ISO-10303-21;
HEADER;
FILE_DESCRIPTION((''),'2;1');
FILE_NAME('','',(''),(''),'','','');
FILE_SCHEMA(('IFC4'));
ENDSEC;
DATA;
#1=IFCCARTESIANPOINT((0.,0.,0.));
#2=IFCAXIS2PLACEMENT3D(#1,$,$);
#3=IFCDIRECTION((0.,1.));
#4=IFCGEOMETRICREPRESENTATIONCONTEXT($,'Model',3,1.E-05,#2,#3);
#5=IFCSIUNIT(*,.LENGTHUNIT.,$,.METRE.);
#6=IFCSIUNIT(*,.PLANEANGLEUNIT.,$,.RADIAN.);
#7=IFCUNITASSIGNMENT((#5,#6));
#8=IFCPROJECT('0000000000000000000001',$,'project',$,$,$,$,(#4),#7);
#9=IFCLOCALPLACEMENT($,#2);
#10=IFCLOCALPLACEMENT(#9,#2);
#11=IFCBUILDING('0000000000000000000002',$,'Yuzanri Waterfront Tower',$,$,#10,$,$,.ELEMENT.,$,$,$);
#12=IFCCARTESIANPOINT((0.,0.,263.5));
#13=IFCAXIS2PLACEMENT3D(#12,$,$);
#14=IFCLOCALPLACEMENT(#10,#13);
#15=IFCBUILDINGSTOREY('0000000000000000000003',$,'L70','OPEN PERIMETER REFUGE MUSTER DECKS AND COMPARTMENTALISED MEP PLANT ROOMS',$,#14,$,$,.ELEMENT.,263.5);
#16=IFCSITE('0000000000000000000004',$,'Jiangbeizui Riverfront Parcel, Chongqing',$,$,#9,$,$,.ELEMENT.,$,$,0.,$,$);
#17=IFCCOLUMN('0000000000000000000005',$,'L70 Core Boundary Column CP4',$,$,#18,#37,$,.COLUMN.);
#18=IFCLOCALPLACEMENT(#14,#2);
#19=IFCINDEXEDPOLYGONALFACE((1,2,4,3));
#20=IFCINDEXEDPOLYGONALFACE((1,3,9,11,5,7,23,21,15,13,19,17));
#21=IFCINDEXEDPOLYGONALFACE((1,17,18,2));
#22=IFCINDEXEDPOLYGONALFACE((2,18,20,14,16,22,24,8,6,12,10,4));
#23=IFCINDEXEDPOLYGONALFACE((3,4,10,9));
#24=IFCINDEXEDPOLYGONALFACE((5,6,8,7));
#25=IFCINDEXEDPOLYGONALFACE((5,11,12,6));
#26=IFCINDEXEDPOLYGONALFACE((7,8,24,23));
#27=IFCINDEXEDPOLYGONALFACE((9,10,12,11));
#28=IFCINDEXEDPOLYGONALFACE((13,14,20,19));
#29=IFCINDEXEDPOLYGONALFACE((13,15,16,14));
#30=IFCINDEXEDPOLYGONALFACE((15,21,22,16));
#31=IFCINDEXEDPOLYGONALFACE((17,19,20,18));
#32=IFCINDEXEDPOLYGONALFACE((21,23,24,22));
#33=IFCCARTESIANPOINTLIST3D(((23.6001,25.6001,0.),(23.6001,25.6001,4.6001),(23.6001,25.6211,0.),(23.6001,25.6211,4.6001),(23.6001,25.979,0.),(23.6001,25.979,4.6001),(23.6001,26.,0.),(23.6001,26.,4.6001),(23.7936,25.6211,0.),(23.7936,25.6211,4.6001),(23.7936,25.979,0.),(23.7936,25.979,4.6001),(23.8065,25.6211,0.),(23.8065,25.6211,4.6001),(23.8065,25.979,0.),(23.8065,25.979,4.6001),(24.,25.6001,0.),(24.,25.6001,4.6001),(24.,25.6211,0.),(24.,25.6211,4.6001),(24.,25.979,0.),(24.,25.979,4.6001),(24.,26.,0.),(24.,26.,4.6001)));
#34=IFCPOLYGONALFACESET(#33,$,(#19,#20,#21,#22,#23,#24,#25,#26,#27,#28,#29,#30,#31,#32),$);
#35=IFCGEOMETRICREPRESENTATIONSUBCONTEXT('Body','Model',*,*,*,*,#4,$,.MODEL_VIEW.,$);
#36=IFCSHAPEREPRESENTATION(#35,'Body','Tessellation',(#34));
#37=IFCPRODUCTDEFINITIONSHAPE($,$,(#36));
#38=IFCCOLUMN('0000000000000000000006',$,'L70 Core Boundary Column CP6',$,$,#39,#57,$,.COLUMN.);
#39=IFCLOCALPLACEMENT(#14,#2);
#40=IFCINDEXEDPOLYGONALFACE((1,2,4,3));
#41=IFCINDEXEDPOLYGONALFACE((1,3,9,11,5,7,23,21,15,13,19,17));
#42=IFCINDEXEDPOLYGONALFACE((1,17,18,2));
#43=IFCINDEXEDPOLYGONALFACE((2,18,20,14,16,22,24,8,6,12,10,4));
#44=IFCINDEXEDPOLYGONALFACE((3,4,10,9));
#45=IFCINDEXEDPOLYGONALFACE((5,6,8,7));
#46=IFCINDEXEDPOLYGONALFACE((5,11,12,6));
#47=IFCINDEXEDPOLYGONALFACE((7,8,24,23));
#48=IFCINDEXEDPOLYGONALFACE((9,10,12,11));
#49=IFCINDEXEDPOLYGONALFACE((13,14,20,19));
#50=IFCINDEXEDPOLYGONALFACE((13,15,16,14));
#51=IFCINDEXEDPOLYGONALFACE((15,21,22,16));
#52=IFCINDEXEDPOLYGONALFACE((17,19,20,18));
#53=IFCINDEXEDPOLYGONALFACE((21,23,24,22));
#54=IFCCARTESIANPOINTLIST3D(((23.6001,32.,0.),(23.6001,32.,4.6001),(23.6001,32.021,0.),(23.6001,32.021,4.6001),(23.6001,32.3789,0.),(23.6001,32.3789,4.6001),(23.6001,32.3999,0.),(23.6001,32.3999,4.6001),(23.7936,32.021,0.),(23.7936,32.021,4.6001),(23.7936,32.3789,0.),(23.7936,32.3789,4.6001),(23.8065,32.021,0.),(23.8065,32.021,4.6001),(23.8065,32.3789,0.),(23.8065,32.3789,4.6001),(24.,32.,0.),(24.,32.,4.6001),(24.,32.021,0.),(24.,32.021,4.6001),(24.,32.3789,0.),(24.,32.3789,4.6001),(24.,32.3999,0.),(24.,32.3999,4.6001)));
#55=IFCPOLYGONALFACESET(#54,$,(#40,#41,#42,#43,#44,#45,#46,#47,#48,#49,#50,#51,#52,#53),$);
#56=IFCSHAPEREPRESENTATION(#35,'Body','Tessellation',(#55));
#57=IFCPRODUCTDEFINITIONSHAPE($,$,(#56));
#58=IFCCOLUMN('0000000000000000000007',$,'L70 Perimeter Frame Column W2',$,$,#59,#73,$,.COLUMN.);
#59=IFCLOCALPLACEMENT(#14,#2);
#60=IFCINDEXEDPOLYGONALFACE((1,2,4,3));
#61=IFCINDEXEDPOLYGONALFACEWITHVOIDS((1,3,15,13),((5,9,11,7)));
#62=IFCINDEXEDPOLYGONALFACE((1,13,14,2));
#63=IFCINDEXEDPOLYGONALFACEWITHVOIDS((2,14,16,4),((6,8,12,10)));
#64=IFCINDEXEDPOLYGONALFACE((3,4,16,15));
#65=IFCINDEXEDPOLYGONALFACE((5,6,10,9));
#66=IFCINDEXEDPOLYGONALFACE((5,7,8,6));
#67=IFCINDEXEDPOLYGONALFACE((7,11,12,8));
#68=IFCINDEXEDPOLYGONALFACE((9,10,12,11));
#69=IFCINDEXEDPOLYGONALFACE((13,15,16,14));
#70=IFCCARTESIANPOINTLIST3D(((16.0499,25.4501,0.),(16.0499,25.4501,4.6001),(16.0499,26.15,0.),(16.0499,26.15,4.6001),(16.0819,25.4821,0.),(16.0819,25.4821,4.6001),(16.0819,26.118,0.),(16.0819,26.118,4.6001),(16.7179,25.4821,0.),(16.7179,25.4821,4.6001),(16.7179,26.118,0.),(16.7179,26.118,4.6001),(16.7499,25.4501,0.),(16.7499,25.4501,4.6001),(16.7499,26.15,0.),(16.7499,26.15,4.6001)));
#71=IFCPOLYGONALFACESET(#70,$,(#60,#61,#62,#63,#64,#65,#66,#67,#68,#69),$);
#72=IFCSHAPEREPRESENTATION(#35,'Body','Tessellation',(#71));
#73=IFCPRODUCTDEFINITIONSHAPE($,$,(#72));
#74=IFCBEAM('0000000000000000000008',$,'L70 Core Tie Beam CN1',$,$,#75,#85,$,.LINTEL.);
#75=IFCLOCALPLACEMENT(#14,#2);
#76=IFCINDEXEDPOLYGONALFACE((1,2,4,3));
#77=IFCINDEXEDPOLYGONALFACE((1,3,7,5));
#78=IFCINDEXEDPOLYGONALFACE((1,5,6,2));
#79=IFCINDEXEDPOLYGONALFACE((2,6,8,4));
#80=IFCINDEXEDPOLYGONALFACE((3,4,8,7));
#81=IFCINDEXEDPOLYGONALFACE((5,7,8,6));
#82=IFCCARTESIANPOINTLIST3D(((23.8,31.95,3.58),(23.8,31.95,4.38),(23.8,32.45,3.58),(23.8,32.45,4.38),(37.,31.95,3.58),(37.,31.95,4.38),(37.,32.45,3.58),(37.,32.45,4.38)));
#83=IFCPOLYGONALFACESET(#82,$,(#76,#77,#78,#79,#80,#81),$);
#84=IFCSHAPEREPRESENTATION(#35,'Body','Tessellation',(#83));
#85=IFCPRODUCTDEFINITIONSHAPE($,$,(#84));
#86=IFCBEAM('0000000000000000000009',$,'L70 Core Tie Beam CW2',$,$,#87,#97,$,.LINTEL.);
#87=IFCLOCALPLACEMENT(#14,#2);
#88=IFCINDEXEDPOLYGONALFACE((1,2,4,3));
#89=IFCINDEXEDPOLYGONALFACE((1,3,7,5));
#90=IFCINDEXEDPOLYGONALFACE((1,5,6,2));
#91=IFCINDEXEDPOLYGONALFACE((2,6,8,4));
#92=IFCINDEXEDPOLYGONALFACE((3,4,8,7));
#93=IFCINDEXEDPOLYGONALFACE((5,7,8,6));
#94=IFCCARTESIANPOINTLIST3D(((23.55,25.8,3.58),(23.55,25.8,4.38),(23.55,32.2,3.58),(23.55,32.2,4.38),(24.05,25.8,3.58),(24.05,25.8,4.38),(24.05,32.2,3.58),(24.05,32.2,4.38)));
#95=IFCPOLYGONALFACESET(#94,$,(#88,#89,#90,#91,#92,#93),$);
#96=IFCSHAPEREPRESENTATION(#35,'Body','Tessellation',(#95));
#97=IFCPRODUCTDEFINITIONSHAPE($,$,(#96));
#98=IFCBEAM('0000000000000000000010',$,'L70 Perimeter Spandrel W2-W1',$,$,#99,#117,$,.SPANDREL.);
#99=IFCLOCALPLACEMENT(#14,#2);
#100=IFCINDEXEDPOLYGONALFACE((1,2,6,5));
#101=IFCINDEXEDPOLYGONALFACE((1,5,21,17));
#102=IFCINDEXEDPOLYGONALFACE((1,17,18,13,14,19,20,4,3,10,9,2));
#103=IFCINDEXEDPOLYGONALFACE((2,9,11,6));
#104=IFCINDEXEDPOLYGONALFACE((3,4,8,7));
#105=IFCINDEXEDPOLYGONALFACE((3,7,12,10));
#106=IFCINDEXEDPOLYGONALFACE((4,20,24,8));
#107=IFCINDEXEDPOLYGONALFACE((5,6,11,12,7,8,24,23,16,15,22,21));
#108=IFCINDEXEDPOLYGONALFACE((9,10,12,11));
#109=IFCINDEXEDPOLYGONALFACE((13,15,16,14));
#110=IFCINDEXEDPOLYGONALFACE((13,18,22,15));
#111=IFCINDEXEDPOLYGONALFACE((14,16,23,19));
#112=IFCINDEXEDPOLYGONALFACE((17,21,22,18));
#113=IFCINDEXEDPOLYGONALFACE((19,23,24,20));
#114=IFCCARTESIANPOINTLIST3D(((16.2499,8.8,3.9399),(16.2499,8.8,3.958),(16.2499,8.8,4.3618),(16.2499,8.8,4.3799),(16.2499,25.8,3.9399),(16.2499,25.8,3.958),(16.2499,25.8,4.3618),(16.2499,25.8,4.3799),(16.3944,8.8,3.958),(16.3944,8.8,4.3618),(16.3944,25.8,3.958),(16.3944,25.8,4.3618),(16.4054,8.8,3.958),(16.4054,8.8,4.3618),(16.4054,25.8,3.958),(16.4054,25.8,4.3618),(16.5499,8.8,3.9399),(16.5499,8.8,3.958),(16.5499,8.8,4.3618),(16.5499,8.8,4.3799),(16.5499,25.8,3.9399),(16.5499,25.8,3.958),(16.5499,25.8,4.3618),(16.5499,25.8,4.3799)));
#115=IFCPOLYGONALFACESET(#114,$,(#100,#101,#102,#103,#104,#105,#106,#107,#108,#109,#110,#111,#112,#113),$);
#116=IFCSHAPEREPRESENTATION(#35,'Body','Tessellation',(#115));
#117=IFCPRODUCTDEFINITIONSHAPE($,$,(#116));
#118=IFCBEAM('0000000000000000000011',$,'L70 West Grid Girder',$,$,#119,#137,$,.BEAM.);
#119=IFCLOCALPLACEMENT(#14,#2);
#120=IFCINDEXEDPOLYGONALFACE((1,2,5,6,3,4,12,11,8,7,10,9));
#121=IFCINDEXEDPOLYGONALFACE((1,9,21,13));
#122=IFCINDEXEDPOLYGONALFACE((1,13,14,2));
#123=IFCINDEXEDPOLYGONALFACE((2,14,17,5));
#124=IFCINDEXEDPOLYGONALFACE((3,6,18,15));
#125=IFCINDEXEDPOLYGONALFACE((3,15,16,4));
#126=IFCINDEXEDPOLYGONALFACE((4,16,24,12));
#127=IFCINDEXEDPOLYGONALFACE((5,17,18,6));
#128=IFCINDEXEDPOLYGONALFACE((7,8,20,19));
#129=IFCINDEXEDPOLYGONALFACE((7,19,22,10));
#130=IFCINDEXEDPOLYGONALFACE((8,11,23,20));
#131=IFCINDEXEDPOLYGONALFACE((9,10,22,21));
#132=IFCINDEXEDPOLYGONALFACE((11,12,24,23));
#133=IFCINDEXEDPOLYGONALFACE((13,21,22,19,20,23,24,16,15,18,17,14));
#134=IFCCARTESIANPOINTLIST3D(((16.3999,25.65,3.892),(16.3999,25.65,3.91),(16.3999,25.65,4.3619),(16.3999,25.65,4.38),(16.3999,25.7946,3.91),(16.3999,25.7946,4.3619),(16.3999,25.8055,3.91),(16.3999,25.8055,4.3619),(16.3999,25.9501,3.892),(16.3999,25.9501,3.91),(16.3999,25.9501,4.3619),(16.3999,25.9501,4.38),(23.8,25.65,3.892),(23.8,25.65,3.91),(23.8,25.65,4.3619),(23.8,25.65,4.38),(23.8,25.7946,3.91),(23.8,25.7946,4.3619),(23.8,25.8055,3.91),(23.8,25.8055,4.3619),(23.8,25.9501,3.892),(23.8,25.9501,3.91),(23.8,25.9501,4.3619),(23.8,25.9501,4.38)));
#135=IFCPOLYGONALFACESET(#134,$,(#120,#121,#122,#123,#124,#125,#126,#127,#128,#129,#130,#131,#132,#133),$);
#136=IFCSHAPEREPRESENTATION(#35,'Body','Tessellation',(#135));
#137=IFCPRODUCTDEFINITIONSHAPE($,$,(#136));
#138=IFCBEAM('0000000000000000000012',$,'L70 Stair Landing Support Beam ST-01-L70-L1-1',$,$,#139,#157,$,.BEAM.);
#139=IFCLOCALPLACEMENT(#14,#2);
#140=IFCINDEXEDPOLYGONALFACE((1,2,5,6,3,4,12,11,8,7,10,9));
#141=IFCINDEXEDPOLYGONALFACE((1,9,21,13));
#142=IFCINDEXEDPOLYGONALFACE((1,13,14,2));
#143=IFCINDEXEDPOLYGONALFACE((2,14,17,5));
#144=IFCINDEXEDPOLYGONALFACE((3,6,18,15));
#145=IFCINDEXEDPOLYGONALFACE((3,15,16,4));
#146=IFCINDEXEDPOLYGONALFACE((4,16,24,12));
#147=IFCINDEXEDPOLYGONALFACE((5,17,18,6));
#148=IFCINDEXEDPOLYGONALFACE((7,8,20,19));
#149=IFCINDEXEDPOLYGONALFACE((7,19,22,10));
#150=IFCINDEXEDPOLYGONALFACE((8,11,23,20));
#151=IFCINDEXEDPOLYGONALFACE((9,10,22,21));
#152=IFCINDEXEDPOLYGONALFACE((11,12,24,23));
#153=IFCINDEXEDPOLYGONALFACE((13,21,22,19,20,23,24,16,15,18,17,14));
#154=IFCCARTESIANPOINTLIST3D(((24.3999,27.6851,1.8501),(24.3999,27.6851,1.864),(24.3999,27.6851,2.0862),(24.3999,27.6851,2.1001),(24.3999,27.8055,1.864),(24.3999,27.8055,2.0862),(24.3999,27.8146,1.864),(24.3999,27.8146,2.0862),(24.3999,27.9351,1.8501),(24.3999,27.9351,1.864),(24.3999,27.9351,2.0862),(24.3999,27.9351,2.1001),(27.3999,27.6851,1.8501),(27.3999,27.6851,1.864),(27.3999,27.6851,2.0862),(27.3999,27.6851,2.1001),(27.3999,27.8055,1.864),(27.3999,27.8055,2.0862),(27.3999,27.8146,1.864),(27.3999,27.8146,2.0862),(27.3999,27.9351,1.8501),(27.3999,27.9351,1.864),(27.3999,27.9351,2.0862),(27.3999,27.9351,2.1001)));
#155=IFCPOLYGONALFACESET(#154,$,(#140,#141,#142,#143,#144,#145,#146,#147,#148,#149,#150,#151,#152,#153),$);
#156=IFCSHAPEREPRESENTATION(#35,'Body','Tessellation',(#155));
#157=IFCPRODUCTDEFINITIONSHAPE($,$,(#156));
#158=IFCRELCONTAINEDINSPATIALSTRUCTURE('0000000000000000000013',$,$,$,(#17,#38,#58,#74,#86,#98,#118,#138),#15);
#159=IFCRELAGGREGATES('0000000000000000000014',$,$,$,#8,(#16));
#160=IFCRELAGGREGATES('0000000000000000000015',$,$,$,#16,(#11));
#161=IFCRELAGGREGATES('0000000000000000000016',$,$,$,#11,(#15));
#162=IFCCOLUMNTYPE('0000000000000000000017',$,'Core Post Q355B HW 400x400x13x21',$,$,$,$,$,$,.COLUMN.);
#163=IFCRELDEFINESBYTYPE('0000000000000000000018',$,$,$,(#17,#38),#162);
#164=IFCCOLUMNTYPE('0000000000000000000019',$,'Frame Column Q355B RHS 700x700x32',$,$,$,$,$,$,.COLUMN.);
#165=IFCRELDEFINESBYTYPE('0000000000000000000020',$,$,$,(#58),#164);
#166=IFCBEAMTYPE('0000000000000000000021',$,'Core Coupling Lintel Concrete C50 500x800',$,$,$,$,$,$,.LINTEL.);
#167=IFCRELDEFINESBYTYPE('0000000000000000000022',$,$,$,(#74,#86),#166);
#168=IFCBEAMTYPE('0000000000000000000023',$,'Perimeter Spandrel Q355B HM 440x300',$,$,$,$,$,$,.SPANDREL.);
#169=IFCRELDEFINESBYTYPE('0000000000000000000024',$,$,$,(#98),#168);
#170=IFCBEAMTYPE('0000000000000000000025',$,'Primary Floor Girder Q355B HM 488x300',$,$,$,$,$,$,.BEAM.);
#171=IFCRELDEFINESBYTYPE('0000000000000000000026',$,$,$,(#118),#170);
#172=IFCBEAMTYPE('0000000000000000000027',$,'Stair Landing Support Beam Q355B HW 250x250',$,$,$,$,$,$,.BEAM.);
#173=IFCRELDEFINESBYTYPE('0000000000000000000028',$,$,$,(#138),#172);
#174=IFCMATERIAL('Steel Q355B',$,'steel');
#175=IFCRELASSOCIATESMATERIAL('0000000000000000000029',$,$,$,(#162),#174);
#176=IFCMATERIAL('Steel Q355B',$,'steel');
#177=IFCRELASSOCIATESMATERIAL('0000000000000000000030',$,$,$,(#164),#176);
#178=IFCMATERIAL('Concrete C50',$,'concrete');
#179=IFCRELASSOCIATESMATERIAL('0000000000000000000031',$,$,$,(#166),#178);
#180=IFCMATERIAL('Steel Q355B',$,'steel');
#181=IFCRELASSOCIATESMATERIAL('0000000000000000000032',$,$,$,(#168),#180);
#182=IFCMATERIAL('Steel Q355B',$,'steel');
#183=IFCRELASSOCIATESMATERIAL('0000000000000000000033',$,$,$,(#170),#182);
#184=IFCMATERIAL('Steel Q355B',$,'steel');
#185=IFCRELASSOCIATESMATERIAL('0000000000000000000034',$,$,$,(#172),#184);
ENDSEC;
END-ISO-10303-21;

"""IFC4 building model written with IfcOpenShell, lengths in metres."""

from ifc_helpers import new_model, si_unit, direction, frame, origin, origin_2d, place, context, subcontext, project, spatial, rectangle, hollow_rectangle, i_section, extrude, source, transform, mapped, material, material_profile, profile_set, type_object, element, save


model = new_model("IFC4")

# Units and contexts
model_context = context("Model", 3, precision=1e-05, world=origin(), true_north=direction((0.0, 1.0)))
body_context = subcontext(model_context, "Body", "Model", "MODEL_VIEW")
ifc_project = project(units=[si_unit("LENGTHUNIT", "METRE"), si_unit("PLANEANGLEUNIT", "RADIAN")], contexts=[model_context])

# Site, building, storey
site_placement = place(None, origin())
site = spatial("IfcSite", under=ifc_project, at=site_placement, Name="Jiangbeizui Riverfront Parcel, Chongqing", CompositionType="ELEMENT", RefElevation=0.0)
building_placement = place(site_placement, origin())
building = spatial("IfcBuilding", under=site, at=building_placement, Name="Yuzanri Waterfront Tower", CompositionType="ELEMENT")
storey_placement = place(building_placement, frame((0.0, 0.0, 263.5)))
storey = spatial("IfcBuildingStorey", under=building, at=storey_placement, Name="L70", Description="OPEN PERIMETER REFUGE MUSTER DECKS AND COMPARTMENTALISED MEP PLANT ROOMS", CompositionType="ELEMENT", Elevation=263.5)

# Columns
ifc_material_1 = material(Name="Steel Q355B", Category="steel")
ifc_material_profile_1 = material_profile(ifc_material_1, i_section(OverallWidth=0.3999, OverallDepth=0.3999, WebThickness=0.0129, FlangeThickness=0.021, at=origin_2d()), Name="HW 400x400x13x21")
ifc_profile_set_1 = profile_set([ifc_material_profile_1], Name="Steel Q355B")
column_type_1 = type_object("IfcColumnType", Name="Core Post Q355B HW 400x400x13x21", PredefinedType="COLUMN", material=ifc_profile_set_1)
shared_shape_1 = source(origin(), body_context, "Body", "SweptSolid", [
    extrude(i_section(OverallWidth=0.3999, OverallDepth=0.3999, WebThickness=0.0129, FlangeThickness=0.021, at=origin_2d()), origin(), (0.0, 0.0, 1.0), 4.6001),
])
for number, where, z_axis, x_axis, name in (
    (1, (23.8, 25.8, 0.0), (0.0, 0.0, 1.0), (1.0, 0.0, 0.0), "L70 Core Boundary Column CP4"),
    (2, (23.8, 32.2, 0.0), (0.0, 0.0, 1.0), (1.0, 0.0, 0.0), "L70 Core Boundary Column CP6"),
):
    element("IfcColumn", number, at=place(storey_placement, frame(where, z_axis=z_axis, x_axis=x_axis)), inside=storey, type_object=column_type_1, Name=name, PredefinedType="COLUMN", context=body_context, shape_type="MappedRepresentation", body=[
        mapped(shared_shape_1, transform((0.0, 0.0, 0.0), scale=1.0)),
    ])
ifc_material_2 = material(Name="Steel Q355B", Category="steel")
ifc_material_profile_2 = material_profile(ifc_material_2, hollow_rectangle(XDim=0.7, YDim=0.7, WallThickness=0.032, at=origin_2d()), Name="RHS 700x700x32")
ifc_profile_set_2 = profile_set([ifc_material_profile_2], Name="Steel Q355B")
column_type_2 = type_object("IfcColumnType", Name="Frame Column Q355B RHS 700x700x32", PredefinedType="COLUMN", material=ifc_profile_set_2)
shared_shape_2 = source(origin(), body_context, "Body", "SweptSolid", [
    extrude(hollow_rectangle(XDim=0.7, YDim=0.7, WallThickness=0.032, at=origin_2d()), origin(), (0.0, 0.0, 1.0), 4.6001),
])
column_placement = place(storey_placement, frame((16.3999, 25.8, 0.0), z_axis=(0.0, 0.0, 1.0), x_axis=(1.0, 0.0, 0.0)))
element("IfcColumn", 3, at=column_placement, inside=storey, type_object=column_type_2, Name="L70 Perimeter Frame Column W2", PredefinedType="COLUMN", context=body_context, shape_type="MappedRepresentation", body=[
    mapped(shared_shape_2, transform((0.0, 0.0, 0.0), scale=1.0)),
])

# Beams
ifc_material_3 = material(Name="Concrete C50", Category="concrete")
ifc_material_profile_3 = material_profile(ifc_material_3, rectangle(XDim=0.5, YDim=0.8, at=origin_2d()), Name="RC 500x800")
ifc_profile_set_3 = profile_set([ifc_material_profile_3], Name="Concrete C50")
beam_type_1 = type_object("IfcBeamType", Name="Core Coupling Lintel Concrete C50 500x800", PredefinedType="LINTEL", material=ifc_profile_set_3)
shared_shape_3 = source(origin(), body_context, "Body", "SweptSolid", [
    extrude(rectangle(XDim=0.5, YDim=0.8, at=origin_2d()), origin(), (0.0, 0.0, 1.0), 13.2),
])
beam_1_placement = place(storey_placement, frame((23.8, 32.2, 3.98), z_axis=(1.0, 0.0, 0.0), x_axis=(0.0, 1.0, 0.0)))
element("IfcBeam", 4, at=beam_1_placement, inside=storey, type_object=beam_type_1, Name="L70 Core Tie Beam CN1", PredefinedType="LINTEL", context=body_context, shape_type="MappedRepresentation", body=[
    mapped(shared_shape_3, transform((0.0, 0.0, 0.0), scale=1.0)),
])
shared_shape_4 = source(origin(), body_context, "Body", "SweptSolid", [
    extrude(rectangle(XDim=0.5, YDim=0.8, at=origin_2d()), origin(), (0.0, 0.0, 1.0), 6.3999),
])
beam_2_placement = place(storey_placement, frame((23.8, 25.8, 3.98), z_axis=(0.0, 1.0, 0.0), x_axis=(-1.0, 0.0, 0.0)))
element("IfcBeam", 5, at=beam_2_placement, inside=storey, type_object=beam_type_1, Name="L70 Core Tie Beam CW2", PredefinedType="LINTEL", context=body_context, shape_type="MappedRepresentation", body=[
    mapped(shared_shape_4, transform((0.0, 0.0, 0.0), scale=1.0)),
])
ifc_material_4 = material(Name="Steel Q355B", Category="steel")
ifc_material_profile_4 = material_profile(ifc_material_4, i_section(OverallWidth=0.3, OverallDepth=0.4399, WebThickness=0.011, FlangeThickness=0.0181, at=origin_2d()), Name="HM 440x300x11x18")
ifc_profile_set_4 = profile_set([ifc_material_profile_4], Name="Steel Q355B")
beam_type_2 = type_object("IfcBeamType", Name="Perimeter Spandrel Q355B HM 440x300", PredefinedType="SPANDREL", material=ifc_profile_set_4)
shared_shape_5 = source(origin(), body_context, "Body", "SweptSolid", [
    extrude(i_section(OverallWidth=0.3, OverallDepth=0.4399, WebThickness=0.011, FlangeThickness=0.0181, at=origin_2d()), origin(), (0.0, 0.0, 1.0), 17.0),
])
beam_3_placement = place(storey_placement, frame((16.3999, 25.8, 4.1599), z_axis=(0.0, -1.0, 0.0), x_axis=(1.0, 0.0, 0.0)))
element("IfcBeam", 6, at=beam_3_placement, inside=storey, type_object=beam_type_2, Name="L70 Perimeter Spandrel W2-W1", PredefinedType="SPANDREL", context=body_context, shape_type="MappedRepresentation", body=[
    mapped(shared_shape_5, transform((0.0, 0.0, 0.0), scale=1.0)),
])
ifc_material_5 = material(Name="Steel Q355B", Category="steel")
ifc_material_profile_5 = material_profile(ifc_material_5, i_section(OverallWidth=0.3, OverallDepth=0.488, WebThickness=0.011, FlangeThickness=0.0181, at=origin_2d()), Name="HM 488x300x11x18")
ifc_profile_set_5 = profile_set([ifc_material_profile_5], Name="Steel Q355B")
beam_type_3 = type_object("IfcBeamType", Name="Primary Floor Girder Q355B HM 488x300", PredefinedType="BEAM", material=ifc_profile_set_5)
shared_shape_6 = source(origin(), body_context, "Body", "SweptSolid", [
    extrude(i_section(OverallWidth=0.3, OverallDepth=0.488, WebThickness=0.011, FlangeThickness=0.0181, at=origin_2d()), origin(), (0.0, 0.0, 1.0), 7.4001),
])
beam_4_placement = place(storey_placement, frame((23.8, 25.8, 4.136), z_axis=(-1.0, 0.0, 0.0), x_axis=(0.0, -1.0, 0.0)))
element("IfcBeam", 7, at=beam_4_placement, inside=storey, type_object=beam_type_3, Name="L70 West Grid Girder", PredefinedType="BEAM", context=body_context, shape_type="MappedRepresentation", body=[
    mapped(shared_shape_6, transform((0.0, 0.0, 0.0), scale=1.0)),
])
ifc_material_6 = material(Name="Steel Q355B", Category="steel")
ifc_material_profile_6 = material_profile(ifc_material_6, i_section(OverallWidth=0.25, OverallDepth=0.25, WebThickness=0.009, FlangeThickness=0.0139, at=origin_2d()), Name="HW 250x250x9x14")
ifc_profile_set_6 = profile_set([ifc_material_profile_6], Name="Steel Q355B")
beam_type_4 = type_object("IfcBeamType", Name="Stair Landing Support Beam Q355B HW 250x250", PredefinedType="BEAM", material=ifc_profile_set_6)
shared_shape_7 = source(origin(), body_context, "Body", "SweptSolid", [
    extrude(i_section(OverallWidth=0.25, OverallDepth=0.25, WebThickness=0.009, FlangeThickness=0.0139, at=origin_2d()), origin(), (0.0, 0.0, 1.0), 3.0),
])
for number, where, z_axis, x_axis, name in (
    (8, (24.3999, 27.8101, 1.9751), (1.0, 0.0, 0.0), (0.0, 1.0, 0.0), "L70 Stair Landing Support Beam ST-01-L70-L1-1"),
):
    element("IfcBeam", number, at=place(storey_placement, frame(where, z_axis=z_axis, x_axis=x_axis)), inside=storey, type_object=beam_type_4, Name=name, PredefinedType="BEAM", context=body_context, shape_type="MappedRepresentation", body=[
        mapped(shared_shape_7, transform((0.0, 0.0, 0.0), scale=1.0)),
    ])

save(model, "model.ifc")
